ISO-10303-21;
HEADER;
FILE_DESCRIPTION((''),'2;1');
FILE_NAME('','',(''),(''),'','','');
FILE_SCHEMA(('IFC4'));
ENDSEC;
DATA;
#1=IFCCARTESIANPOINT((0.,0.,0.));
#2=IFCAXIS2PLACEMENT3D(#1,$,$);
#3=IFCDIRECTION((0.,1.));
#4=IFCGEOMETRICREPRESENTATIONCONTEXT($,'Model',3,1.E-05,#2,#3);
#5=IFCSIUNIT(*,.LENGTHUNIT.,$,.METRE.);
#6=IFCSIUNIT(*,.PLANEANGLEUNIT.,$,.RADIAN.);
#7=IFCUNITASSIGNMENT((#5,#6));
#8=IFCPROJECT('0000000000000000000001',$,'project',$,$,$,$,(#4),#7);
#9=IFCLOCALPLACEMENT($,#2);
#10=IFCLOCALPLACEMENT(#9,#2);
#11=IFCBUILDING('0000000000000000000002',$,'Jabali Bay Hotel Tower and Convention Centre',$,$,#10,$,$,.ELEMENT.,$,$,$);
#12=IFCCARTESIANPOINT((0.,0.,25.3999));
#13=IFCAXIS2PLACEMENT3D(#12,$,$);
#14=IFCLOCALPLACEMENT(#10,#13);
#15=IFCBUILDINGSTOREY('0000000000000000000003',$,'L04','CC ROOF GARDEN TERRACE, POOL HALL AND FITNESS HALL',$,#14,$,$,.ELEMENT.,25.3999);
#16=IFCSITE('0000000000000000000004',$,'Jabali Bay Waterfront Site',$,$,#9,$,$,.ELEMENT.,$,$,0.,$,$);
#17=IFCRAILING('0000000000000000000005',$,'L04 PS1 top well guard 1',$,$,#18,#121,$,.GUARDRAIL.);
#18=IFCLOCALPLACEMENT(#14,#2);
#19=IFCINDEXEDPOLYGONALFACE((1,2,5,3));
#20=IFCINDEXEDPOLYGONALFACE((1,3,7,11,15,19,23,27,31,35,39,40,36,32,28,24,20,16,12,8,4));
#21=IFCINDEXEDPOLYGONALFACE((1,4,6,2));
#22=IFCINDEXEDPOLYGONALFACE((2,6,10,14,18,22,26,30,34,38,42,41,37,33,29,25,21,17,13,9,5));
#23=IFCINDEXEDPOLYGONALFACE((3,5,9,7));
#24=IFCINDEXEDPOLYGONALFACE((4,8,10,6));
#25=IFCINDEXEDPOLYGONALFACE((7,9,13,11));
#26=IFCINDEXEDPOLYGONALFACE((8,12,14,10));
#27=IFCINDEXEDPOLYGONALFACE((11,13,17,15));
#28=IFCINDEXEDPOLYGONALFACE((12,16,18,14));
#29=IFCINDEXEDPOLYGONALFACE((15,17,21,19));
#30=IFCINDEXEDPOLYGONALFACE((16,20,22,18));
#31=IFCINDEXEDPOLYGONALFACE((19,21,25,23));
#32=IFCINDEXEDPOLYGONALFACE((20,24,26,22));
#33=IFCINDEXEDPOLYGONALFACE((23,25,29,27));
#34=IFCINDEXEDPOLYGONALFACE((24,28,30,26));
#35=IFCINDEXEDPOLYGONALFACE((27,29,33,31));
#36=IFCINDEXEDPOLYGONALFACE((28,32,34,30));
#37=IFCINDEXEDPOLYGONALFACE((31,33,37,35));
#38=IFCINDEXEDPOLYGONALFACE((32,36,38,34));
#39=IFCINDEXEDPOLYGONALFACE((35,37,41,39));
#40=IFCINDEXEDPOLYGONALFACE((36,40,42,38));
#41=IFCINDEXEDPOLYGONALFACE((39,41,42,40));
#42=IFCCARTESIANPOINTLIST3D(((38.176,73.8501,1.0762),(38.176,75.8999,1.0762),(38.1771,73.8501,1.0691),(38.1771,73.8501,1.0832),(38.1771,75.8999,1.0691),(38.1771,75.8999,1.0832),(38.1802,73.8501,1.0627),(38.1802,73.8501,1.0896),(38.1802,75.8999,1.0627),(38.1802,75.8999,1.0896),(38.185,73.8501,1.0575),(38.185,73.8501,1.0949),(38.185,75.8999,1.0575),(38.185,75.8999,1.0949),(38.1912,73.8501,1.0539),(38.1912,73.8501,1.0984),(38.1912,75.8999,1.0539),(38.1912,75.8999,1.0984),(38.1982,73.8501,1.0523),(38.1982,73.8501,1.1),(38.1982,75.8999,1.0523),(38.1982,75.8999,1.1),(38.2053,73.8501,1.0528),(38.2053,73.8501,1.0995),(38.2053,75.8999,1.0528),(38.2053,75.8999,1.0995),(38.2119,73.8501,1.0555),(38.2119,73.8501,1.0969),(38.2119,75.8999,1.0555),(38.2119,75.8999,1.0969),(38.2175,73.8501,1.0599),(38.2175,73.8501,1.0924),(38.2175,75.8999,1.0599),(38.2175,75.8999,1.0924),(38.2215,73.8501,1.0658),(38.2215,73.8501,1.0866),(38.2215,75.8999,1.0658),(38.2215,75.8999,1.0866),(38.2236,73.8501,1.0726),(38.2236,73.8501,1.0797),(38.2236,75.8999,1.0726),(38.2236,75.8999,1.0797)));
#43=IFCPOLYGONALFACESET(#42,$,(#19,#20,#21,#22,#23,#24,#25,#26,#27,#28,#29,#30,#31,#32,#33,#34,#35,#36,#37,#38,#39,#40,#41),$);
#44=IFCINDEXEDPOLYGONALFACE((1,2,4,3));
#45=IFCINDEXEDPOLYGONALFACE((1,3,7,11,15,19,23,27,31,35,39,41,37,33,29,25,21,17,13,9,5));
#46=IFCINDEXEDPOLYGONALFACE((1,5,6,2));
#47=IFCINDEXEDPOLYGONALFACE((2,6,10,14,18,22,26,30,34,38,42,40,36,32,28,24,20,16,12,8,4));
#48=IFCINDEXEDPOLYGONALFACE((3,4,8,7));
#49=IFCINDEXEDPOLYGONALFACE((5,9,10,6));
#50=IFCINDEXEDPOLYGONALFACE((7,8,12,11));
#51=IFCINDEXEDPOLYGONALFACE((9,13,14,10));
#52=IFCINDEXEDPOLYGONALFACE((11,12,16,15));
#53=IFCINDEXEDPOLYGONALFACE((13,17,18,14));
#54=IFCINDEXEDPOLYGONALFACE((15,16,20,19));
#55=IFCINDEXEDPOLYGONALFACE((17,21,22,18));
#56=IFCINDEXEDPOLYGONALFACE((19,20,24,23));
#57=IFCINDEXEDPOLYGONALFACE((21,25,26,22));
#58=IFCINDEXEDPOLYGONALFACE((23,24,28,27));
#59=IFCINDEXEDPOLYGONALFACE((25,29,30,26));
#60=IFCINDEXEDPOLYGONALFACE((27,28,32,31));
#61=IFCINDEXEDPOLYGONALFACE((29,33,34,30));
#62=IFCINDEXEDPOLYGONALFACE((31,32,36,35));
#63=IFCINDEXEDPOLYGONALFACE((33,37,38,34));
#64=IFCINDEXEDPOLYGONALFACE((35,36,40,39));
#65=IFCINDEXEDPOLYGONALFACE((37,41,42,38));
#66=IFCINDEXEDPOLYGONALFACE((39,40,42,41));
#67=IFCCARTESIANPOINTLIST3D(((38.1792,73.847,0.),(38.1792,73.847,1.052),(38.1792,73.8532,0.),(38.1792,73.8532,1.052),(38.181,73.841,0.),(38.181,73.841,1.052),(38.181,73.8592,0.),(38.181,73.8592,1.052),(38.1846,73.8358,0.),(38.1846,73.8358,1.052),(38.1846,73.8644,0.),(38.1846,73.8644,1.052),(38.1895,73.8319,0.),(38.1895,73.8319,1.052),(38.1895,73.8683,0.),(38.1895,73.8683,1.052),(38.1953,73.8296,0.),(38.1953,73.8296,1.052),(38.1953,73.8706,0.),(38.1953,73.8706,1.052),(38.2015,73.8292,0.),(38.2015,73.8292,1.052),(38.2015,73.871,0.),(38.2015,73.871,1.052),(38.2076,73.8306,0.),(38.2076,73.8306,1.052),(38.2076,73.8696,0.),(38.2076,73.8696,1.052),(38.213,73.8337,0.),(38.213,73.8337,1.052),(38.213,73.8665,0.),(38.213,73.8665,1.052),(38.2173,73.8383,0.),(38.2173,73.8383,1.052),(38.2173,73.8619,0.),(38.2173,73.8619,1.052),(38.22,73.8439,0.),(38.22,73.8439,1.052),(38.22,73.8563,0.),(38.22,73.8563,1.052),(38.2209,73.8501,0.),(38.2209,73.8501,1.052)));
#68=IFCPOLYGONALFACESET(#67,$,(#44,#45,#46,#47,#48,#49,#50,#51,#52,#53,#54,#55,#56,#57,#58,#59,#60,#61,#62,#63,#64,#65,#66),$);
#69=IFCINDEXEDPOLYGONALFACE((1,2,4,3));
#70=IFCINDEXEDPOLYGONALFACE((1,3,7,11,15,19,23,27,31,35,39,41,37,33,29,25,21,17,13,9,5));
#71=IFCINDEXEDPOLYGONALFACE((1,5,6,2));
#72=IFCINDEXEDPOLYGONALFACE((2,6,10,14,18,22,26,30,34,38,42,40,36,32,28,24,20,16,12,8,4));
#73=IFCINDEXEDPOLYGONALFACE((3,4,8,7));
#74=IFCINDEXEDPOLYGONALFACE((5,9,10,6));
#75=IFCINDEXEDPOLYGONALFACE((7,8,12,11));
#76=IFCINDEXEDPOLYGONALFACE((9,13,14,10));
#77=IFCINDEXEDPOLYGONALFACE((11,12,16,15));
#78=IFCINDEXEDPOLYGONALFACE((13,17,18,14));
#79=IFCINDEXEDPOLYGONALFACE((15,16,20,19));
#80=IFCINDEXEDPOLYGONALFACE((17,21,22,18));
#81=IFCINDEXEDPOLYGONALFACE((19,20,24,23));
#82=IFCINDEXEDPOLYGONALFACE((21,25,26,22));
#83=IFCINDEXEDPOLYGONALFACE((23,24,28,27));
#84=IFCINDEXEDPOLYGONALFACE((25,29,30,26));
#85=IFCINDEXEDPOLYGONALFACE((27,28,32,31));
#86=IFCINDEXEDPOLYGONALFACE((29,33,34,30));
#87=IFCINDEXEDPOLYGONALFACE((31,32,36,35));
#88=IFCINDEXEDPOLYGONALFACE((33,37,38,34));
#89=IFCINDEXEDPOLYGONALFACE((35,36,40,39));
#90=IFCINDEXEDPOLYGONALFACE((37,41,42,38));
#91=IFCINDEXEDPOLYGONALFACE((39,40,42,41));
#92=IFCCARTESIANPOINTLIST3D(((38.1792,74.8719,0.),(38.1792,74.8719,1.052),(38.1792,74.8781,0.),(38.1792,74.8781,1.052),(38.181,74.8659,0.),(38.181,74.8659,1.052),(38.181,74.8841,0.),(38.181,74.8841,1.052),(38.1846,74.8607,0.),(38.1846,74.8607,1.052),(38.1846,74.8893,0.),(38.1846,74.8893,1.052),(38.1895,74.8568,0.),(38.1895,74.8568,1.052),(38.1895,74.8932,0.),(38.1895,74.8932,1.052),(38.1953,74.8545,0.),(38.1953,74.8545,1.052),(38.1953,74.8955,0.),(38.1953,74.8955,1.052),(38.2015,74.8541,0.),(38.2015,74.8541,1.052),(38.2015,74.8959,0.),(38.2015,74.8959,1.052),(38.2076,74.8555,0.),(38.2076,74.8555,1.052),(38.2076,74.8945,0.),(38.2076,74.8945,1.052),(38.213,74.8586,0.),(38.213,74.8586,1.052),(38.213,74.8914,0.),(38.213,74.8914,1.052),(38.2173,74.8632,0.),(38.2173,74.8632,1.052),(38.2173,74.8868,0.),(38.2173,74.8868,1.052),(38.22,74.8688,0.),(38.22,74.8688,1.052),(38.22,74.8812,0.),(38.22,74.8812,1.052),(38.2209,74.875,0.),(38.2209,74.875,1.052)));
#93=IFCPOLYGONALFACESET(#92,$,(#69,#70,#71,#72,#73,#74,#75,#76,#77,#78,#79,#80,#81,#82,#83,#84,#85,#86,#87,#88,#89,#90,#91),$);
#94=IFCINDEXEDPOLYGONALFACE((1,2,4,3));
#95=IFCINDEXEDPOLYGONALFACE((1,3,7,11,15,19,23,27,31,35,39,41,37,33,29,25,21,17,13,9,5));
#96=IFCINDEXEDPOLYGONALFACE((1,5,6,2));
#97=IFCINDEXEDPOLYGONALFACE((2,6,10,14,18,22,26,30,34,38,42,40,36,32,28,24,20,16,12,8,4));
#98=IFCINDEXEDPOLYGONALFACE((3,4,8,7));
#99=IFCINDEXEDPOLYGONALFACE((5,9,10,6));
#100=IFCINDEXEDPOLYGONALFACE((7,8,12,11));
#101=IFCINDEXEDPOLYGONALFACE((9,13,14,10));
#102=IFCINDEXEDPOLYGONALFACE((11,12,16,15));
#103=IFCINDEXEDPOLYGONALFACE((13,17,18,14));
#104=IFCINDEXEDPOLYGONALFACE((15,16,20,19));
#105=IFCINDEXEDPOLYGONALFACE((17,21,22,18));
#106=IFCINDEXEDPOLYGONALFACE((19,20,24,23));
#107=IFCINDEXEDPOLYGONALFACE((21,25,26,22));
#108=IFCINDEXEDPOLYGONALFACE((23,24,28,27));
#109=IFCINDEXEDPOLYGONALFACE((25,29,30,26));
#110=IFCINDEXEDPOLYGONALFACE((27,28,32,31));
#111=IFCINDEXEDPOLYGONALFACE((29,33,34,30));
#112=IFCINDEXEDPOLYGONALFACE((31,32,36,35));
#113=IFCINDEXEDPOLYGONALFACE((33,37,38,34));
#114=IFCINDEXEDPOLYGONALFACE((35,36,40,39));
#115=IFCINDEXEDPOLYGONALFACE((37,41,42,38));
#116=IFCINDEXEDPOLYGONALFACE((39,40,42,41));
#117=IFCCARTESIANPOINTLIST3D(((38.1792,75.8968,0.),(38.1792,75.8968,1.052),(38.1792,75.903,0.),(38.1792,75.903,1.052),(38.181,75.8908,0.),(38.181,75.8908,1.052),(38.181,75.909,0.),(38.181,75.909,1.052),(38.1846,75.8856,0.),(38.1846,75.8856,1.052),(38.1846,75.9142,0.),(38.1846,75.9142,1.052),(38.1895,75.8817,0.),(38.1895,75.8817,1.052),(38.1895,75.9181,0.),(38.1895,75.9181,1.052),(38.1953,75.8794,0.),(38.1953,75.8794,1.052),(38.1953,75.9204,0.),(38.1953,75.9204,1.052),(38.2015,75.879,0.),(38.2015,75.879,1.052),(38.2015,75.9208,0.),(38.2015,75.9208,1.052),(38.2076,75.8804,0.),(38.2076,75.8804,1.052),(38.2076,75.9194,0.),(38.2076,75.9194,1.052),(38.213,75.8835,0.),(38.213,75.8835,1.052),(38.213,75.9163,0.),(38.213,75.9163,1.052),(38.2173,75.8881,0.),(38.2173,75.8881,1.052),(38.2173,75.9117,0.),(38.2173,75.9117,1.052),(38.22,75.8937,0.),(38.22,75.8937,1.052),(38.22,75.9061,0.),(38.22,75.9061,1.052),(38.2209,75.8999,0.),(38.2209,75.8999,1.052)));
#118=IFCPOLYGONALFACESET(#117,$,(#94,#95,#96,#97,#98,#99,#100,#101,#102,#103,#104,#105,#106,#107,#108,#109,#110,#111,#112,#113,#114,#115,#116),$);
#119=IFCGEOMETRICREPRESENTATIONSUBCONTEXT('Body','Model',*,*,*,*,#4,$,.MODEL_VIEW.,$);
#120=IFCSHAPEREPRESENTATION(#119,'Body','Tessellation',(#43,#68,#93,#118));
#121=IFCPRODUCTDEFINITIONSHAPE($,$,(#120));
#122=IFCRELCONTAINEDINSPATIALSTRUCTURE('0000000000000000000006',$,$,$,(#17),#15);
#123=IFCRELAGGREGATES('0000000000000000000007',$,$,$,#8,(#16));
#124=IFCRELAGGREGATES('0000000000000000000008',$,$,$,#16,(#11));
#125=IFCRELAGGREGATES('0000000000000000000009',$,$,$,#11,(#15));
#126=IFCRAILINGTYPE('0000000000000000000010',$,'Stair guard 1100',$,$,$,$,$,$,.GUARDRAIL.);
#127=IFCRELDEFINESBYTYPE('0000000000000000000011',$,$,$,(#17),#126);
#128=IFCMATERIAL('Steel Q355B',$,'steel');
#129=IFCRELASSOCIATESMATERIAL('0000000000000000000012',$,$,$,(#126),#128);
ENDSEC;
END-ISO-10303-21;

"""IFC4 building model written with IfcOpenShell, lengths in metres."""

from ifc_helpers import new_model, si_unit, direction, frame, origin, origin_2d, place, context, subcontext, project, spatial, circle, extrude, material, type_object, element, save


model = new_model("IFC4")

# Units and contexts
model_context = context("Model", 3, precision=1e-05, world=origin(), true_north=direction((0.0, 1.0)))
body_context = subcontext(model_context, "Body", "Model", "MODEL_VIEW")
ifc_project = project(units=[si_unit("LENGTHUNIT", "METRE"), si_unit("PLANEANGLEUNIT", "RADIAN")], contexts=[model_context])

# Site, building, storey
site_placement = place(None, origin())
site = spatial("IfcSite", under=ifc_project, at=site_placement, Name="Jabali Bay Waterfront Site", CompositionType="ELEMENT", RefElevation=0.0)
building_placement = place(site_placement, origin())
building = spatial("IfcBuilding", under=site, at=building_placement, Name="Jabali Bay Hotel Tower and Convention Centre", CompositionType="ELEMENT")
storey_placement = place(building_placement, frame((0.0, 0.0, 25.3999)))
storey = spatial("IfcBuildingStorey", under=building, at=storey_placement, Name="L04", Description="CC ROOF GARDEN TERRACE, POOL HALL AND FITNESS HALL", CompositionType="ELEMENT", Elevation=25.3999)

# Railing
ifc_material_1 = material(Name="Steel Q355B", Category="steel")
railing_type = type_object("IfcRailingType", Name="Stair guard 1100", PredefinedType="GUARDRAIL", material=ifc_material_1)
railing_placement = place(storey_placement, frame((38.2, 73.8501, 0.0)))
element("IfcRailing", 1, at=railing_placement, inside=storey, type_object=railing_type, Name="L04 PS1 top well guard 1", PredefinedType="GUARDRAIL", context=body_context, shape_type="SweptSolid", body=[
    extrude(circle(Radius=0.0239, at=origin_2d()), frame((0.0, 0.0, 1.0762), z_axis=(0.0, 1.0, 0.0), x_axis=(-1.0, 0.0, 0.0)), (0.0, 0.0, 1.0), 2.0498),
    extrude(circle(Radius=0.021, at=origin_2d()), origin(), (0.0, 0.0, 1.0), 1.052),
    extrude(circle(Radius=0.021, at=origin_2d()), frame((0.0, 1.0249, 0.0)), (0.0, 0.0, 1.0), 1.052),
    extrude(circle(Radius=0.021, at=origin_2d()), frame((0.0, 2.0498, 0.0)), (0.0, 0.0, 1.0), 1.052),
])

save(model, "model.ifc")
